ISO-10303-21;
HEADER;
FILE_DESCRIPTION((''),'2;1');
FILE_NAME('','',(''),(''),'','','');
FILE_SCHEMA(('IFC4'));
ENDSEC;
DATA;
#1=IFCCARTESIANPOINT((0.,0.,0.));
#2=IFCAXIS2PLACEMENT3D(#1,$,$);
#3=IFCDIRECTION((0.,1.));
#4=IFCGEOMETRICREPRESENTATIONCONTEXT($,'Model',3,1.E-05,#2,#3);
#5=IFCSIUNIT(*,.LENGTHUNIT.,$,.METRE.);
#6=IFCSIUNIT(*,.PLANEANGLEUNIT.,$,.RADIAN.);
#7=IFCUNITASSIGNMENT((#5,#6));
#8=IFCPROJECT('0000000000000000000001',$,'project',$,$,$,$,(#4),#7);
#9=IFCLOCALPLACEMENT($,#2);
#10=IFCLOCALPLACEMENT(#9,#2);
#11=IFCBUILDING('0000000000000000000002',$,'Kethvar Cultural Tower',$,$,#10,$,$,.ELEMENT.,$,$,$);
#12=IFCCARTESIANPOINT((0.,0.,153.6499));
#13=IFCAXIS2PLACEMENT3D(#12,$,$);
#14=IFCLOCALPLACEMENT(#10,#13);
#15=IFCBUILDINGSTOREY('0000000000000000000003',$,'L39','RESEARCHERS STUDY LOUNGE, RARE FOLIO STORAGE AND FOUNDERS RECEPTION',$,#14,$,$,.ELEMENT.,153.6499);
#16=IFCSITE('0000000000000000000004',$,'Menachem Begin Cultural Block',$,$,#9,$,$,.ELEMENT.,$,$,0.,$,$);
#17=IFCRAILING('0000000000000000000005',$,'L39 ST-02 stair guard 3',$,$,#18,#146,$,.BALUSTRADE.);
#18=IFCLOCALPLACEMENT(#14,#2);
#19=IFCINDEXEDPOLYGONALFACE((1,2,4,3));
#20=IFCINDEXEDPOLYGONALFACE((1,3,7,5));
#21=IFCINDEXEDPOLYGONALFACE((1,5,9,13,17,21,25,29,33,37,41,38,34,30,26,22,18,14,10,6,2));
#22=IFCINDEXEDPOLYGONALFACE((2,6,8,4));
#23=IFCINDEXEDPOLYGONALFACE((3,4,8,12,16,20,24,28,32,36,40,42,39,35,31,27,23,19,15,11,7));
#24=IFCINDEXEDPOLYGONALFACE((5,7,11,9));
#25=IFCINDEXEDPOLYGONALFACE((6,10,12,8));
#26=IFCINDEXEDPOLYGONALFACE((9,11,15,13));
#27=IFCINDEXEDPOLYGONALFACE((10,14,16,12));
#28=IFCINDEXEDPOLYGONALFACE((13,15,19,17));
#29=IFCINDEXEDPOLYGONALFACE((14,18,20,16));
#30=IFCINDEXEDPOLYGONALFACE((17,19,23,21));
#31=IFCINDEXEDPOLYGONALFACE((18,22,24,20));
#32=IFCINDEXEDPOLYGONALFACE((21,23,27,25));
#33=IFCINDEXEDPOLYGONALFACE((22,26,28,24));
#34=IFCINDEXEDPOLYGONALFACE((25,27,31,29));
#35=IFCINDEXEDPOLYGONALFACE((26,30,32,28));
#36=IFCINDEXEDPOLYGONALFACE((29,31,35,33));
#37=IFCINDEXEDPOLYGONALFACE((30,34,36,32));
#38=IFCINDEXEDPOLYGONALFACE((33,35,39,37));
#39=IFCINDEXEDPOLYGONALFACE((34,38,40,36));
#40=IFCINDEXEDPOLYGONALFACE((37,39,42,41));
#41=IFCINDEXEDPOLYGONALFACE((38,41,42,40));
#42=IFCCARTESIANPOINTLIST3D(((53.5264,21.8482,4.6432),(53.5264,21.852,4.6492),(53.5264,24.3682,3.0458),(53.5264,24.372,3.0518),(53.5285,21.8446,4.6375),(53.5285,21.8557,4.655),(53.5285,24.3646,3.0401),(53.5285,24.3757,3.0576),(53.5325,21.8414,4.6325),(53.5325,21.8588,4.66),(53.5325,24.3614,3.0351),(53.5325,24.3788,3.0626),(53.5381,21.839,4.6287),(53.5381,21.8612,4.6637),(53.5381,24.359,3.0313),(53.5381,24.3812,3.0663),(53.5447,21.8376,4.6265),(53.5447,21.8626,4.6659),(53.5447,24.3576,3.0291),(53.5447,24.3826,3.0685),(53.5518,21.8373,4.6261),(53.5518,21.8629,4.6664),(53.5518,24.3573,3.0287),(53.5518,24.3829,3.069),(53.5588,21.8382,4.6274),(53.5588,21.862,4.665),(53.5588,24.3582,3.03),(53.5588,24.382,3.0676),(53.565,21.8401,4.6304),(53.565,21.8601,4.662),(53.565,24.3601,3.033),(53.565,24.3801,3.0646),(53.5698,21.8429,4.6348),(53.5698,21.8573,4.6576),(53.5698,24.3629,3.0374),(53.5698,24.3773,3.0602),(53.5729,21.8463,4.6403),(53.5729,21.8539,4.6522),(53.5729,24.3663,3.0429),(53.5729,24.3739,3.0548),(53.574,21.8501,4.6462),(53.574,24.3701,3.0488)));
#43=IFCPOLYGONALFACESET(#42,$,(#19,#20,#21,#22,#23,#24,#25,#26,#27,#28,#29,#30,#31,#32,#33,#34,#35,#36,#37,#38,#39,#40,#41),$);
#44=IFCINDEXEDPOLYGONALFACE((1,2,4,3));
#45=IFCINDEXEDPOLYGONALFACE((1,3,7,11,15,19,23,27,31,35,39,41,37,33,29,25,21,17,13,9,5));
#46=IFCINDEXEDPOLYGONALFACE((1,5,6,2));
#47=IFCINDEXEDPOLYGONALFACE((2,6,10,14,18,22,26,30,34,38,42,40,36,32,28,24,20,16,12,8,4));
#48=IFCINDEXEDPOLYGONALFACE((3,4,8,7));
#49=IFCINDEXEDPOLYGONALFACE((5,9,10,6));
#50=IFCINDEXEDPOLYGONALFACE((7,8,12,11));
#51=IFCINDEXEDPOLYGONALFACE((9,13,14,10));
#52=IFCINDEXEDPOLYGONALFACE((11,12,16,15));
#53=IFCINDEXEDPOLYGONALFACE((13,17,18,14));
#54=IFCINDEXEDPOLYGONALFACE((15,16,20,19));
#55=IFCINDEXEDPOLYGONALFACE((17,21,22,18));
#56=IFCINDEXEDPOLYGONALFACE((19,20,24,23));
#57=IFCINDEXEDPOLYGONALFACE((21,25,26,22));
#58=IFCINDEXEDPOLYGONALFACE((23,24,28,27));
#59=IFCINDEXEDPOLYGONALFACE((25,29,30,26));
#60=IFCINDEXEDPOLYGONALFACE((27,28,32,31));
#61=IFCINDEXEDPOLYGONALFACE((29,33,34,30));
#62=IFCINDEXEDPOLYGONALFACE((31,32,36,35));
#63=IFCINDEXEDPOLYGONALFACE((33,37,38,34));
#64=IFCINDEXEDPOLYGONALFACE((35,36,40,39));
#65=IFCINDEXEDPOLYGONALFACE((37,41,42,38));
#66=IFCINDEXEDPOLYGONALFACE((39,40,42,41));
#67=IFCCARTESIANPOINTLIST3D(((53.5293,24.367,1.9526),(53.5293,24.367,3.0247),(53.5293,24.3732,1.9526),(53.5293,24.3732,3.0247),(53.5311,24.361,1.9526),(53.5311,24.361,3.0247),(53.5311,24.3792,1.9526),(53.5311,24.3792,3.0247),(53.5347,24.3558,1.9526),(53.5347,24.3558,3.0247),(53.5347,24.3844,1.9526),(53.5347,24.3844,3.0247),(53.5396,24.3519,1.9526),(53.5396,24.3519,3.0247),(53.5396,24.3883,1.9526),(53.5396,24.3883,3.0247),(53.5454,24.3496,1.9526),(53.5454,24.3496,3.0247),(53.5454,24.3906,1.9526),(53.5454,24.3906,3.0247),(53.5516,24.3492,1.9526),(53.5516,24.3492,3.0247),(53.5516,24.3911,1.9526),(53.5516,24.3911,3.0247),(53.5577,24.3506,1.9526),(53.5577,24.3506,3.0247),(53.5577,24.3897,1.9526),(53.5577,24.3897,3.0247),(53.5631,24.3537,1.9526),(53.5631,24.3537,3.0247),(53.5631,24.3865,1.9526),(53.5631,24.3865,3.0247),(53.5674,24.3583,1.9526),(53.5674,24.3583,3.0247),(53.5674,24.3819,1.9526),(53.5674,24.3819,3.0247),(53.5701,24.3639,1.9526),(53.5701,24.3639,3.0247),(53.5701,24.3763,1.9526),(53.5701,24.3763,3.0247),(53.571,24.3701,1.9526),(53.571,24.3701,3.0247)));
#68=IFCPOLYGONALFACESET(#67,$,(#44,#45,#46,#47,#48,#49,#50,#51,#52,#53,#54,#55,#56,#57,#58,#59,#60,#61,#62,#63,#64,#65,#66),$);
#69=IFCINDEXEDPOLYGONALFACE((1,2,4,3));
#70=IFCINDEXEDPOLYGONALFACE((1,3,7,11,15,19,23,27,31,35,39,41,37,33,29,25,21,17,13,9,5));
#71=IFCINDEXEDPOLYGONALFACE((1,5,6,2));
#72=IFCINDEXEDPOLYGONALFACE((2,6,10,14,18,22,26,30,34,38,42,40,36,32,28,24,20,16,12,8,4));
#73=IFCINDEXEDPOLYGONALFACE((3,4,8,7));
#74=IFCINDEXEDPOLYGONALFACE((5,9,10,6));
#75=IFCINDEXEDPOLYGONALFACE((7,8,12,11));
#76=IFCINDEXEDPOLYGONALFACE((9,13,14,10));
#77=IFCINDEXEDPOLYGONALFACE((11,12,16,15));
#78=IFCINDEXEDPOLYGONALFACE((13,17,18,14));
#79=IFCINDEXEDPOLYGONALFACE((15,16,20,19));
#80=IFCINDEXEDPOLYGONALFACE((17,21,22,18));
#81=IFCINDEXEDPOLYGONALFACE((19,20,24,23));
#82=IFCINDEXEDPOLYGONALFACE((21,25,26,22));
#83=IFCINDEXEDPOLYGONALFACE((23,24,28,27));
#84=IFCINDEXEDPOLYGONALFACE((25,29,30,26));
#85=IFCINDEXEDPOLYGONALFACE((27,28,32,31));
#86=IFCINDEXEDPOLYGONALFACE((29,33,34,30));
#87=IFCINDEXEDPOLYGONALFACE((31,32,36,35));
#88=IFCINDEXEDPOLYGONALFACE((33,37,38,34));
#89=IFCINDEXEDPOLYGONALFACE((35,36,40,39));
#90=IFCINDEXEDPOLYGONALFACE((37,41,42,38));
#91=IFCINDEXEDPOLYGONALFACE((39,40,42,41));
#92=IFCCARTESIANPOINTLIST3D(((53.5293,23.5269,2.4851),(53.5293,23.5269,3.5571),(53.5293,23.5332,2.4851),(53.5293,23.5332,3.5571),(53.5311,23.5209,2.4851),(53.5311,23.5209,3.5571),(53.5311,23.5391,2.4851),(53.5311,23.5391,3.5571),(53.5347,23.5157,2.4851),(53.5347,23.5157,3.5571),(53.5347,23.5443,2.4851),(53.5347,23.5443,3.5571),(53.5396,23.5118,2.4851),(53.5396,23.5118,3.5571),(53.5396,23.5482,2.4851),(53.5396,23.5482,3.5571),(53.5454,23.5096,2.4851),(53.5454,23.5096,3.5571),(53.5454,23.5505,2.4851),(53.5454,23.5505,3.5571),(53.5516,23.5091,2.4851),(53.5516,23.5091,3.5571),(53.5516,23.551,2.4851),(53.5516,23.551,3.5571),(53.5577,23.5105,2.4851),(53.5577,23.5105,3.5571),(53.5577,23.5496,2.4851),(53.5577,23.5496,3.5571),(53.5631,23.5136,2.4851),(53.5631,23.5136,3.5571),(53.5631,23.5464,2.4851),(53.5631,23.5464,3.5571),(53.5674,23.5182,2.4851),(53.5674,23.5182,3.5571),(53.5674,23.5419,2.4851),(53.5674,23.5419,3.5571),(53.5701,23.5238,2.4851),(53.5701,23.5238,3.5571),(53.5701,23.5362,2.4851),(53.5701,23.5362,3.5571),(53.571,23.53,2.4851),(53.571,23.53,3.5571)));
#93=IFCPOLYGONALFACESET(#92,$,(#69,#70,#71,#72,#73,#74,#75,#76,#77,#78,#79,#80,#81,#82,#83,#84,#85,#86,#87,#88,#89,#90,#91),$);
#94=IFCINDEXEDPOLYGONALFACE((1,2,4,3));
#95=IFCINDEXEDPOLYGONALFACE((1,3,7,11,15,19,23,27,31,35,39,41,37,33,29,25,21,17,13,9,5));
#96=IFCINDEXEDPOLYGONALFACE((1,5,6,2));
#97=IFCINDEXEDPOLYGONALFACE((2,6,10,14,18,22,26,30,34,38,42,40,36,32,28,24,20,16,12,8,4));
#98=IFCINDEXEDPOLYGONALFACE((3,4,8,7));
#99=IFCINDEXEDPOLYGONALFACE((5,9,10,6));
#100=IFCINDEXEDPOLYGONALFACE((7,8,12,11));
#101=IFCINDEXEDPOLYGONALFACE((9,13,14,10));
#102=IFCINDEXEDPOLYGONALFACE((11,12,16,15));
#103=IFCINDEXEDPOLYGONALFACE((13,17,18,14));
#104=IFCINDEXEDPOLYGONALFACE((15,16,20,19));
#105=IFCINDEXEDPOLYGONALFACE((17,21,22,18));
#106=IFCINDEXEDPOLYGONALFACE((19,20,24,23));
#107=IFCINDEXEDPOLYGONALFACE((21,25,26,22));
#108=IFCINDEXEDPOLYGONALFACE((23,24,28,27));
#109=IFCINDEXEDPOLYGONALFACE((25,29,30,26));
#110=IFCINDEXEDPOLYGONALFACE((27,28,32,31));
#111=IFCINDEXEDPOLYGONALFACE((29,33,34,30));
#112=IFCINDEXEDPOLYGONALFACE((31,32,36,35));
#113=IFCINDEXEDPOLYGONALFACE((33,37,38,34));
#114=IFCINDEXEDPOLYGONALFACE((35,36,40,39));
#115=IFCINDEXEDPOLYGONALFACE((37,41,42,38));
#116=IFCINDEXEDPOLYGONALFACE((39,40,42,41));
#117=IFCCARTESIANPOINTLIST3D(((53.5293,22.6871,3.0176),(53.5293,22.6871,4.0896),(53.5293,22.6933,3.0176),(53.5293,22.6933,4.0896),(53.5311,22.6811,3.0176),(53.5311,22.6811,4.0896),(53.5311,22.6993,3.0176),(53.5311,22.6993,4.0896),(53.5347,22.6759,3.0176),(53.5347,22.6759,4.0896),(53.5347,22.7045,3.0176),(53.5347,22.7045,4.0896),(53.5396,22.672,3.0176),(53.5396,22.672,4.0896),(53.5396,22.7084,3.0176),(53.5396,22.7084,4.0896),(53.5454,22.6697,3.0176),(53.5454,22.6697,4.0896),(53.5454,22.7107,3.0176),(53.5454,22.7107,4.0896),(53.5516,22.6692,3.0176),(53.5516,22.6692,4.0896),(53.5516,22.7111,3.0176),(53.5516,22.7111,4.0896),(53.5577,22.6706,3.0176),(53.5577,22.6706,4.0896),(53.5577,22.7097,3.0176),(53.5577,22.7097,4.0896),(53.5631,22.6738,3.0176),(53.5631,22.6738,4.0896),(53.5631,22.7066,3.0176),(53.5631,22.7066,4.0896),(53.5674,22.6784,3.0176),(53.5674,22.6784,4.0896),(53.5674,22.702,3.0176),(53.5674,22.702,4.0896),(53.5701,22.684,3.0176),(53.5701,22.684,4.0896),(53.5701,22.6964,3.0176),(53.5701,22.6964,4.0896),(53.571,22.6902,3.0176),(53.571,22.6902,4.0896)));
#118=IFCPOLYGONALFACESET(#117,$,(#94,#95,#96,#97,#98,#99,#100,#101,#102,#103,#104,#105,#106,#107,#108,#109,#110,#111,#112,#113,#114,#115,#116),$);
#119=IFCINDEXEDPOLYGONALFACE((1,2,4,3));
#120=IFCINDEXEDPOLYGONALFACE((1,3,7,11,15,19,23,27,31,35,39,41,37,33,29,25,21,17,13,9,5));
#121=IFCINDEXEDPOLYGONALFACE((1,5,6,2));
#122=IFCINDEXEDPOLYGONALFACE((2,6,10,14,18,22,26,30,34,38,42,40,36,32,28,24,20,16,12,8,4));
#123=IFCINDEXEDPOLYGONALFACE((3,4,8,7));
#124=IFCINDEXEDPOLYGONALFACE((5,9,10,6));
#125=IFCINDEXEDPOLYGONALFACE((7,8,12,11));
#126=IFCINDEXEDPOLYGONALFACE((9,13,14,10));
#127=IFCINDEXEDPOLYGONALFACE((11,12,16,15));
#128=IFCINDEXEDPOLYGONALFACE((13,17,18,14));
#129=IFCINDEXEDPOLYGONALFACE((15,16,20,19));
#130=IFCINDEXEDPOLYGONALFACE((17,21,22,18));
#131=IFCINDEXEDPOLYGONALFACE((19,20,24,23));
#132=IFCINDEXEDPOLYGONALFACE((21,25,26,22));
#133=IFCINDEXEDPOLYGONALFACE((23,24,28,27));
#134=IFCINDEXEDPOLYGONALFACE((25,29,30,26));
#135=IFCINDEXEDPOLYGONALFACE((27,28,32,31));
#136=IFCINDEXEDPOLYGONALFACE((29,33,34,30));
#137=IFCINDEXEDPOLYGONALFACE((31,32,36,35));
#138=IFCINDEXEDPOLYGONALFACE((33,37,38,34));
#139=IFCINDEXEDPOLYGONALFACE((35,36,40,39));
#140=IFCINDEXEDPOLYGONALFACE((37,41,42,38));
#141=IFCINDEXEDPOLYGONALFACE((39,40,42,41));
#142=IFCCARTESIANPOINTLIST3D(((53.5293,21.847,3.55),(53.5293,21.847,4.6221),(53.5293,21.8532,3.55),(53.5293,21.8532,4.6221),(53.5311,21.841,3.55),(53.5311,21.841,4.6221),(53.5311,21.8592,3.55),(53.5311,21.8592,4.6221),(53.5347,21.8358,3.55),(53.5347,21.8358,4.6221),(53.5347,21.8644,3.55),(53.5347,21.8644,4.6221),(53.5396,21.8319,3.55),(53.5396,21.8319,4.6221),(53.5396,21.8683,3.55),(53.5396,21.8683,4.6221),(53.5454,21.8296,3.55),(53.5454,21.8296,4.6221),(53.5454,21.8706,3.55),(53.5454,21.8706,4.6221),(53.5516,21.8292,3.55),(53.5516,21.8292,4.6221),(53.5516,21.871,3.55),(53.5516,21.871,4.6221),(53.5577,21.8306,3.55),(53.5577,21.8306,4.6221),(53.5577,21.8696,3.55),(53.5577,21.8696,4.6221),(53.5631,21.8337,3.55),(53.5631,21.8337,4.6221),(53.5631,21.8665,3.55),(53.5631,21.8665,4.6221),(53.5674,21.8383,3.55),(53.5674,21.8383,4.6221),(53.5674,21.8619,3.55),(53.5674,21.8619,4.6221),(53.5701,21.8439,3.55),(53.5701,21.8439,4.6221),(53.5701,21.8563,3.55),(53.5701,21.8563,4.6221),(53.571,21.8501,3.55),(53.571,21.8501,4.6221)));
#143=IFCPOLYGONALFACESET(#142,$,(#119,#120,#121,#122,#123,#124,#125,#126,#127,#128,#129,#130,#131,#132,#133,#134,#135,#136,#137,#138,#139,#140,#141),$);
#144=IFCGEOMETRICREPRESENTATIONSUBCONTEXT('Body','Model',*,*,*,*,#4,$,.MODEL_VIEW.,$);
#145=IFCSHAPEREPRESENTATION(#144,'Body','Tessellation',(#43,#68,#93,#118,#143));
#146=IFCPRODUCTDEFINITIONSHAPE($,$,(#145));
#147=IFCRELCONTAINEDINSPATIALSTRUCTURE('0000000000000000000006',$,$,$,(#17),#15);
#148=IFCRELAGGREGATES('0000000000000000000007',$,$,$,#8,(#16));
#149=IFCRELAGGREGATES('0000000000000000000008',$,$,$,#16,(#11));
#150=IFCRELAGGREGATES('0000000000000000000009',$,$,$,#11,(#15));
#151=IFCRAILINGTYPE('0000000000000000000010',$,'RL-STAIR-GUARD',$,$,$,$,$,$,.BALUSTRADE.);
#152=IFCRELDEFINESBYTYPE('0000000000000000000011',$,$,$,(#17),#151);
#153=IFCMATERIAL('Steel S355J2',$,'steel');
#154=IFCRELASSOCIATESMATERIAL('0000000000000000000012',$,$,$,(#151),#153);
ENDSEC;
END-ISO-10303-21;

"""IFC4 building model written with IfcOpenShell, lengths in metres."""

from ifc_helpers import new_model, si_unit, direction, frame, origin, origin_2d, place, context, subcontext, project, spatial, circle, extrude, material, type_object, element, save


model = new_model("IFC4")

# Units and contexts
model_context = context("Model", 3, precision=1e-05, world=origin(), true_north=direction((0.0, 1.0)))
body_context = subcontext(model_context, "Body", "Model", "MODEL_VIEW")
ifc_project = project(units=[si_unit("LENGTHUNIT", "METRE"), si_unit("PLANEANGLEUNIT", "RADIAN")], contexts=[model_context])

# Site, building, storey
site_placement = place(None, origin())
site = spatial("IfcSite", under=ifc_project, at=site_placement, Name="Menachem Begin Cultural Block", CompositionType="ELEMENT", RefElevation=0.0)
building_placement = place(site_placement, origin())
building = spatial("IfcBuilding", under=site, at=building_placement, Name="Kethvar Cultural Tower", CompositionType="ELEMENT")
storey_placement = place(building_placement, frame((0.0, 0.0, 153.6499)))
storey = spatial("IfcBuildingStorey", under=building, at=storey_placement, Name="L39", Description="RESEARCHERS STUDY LOUNGE, RARE FOLIO STORAGE AND FOUNDERS RECEPTION", CompositionType="ELEMENT", Elevation=153.6499)

# Shared definitions
ifc_material_1 = material(Name="Steel S355J2", Category="steel")

# Railing
railing_type_1 = type_object("IfcRailingType", Name="RL-STAIR-GUARD", PredefinedType="BALUSTRADE", material=ifc_material_1)
railing_1_placement = place(storey_placement, frame((53.55, 24.3701, 1.9526)))
element("IfcRailing", 1, at=railing_1_placement, inside=storey, type_object=railing_type_1, Name="L39 ST-02 stair guard 3", PredefinedType="BALUSTRADE", context=body_context, shape_type="SweptSolid", body=[
    extrude(circle(Radius=0.0239, at=origin_2d()), frame((0.0, 0.0, 1.0962), z_axis=(0.0, -0.844607, 0.535387), x_axis=(1.0, 0.0, 0.0)), (0.0, 0.0, 1.0), 2.9836),
    extrude(circle(Radius=0.021, at=origin_2d()), origin(), (0.0, 0.0, 1.0), 1.072),
    extrude(circle(Radius=0.021, at=origin_2d()), frame((0.0, -0.8401, 0.5325)), (0.0, 0.0, 1.0), 1.072),
    extrude(circle(Radius=0.021, at=origin_2d()), frame((0.0, -1.6799, 1.0649)), (0.0, 0.0, 1.0), 1.072),
    extrude(circle(Radius=0.021, at=origin_2d()), frame((0.0, -2.52, 1.5974)), (0.0, 0.0, 1.0), 1.072),
])

save(model, "model.ifc")
